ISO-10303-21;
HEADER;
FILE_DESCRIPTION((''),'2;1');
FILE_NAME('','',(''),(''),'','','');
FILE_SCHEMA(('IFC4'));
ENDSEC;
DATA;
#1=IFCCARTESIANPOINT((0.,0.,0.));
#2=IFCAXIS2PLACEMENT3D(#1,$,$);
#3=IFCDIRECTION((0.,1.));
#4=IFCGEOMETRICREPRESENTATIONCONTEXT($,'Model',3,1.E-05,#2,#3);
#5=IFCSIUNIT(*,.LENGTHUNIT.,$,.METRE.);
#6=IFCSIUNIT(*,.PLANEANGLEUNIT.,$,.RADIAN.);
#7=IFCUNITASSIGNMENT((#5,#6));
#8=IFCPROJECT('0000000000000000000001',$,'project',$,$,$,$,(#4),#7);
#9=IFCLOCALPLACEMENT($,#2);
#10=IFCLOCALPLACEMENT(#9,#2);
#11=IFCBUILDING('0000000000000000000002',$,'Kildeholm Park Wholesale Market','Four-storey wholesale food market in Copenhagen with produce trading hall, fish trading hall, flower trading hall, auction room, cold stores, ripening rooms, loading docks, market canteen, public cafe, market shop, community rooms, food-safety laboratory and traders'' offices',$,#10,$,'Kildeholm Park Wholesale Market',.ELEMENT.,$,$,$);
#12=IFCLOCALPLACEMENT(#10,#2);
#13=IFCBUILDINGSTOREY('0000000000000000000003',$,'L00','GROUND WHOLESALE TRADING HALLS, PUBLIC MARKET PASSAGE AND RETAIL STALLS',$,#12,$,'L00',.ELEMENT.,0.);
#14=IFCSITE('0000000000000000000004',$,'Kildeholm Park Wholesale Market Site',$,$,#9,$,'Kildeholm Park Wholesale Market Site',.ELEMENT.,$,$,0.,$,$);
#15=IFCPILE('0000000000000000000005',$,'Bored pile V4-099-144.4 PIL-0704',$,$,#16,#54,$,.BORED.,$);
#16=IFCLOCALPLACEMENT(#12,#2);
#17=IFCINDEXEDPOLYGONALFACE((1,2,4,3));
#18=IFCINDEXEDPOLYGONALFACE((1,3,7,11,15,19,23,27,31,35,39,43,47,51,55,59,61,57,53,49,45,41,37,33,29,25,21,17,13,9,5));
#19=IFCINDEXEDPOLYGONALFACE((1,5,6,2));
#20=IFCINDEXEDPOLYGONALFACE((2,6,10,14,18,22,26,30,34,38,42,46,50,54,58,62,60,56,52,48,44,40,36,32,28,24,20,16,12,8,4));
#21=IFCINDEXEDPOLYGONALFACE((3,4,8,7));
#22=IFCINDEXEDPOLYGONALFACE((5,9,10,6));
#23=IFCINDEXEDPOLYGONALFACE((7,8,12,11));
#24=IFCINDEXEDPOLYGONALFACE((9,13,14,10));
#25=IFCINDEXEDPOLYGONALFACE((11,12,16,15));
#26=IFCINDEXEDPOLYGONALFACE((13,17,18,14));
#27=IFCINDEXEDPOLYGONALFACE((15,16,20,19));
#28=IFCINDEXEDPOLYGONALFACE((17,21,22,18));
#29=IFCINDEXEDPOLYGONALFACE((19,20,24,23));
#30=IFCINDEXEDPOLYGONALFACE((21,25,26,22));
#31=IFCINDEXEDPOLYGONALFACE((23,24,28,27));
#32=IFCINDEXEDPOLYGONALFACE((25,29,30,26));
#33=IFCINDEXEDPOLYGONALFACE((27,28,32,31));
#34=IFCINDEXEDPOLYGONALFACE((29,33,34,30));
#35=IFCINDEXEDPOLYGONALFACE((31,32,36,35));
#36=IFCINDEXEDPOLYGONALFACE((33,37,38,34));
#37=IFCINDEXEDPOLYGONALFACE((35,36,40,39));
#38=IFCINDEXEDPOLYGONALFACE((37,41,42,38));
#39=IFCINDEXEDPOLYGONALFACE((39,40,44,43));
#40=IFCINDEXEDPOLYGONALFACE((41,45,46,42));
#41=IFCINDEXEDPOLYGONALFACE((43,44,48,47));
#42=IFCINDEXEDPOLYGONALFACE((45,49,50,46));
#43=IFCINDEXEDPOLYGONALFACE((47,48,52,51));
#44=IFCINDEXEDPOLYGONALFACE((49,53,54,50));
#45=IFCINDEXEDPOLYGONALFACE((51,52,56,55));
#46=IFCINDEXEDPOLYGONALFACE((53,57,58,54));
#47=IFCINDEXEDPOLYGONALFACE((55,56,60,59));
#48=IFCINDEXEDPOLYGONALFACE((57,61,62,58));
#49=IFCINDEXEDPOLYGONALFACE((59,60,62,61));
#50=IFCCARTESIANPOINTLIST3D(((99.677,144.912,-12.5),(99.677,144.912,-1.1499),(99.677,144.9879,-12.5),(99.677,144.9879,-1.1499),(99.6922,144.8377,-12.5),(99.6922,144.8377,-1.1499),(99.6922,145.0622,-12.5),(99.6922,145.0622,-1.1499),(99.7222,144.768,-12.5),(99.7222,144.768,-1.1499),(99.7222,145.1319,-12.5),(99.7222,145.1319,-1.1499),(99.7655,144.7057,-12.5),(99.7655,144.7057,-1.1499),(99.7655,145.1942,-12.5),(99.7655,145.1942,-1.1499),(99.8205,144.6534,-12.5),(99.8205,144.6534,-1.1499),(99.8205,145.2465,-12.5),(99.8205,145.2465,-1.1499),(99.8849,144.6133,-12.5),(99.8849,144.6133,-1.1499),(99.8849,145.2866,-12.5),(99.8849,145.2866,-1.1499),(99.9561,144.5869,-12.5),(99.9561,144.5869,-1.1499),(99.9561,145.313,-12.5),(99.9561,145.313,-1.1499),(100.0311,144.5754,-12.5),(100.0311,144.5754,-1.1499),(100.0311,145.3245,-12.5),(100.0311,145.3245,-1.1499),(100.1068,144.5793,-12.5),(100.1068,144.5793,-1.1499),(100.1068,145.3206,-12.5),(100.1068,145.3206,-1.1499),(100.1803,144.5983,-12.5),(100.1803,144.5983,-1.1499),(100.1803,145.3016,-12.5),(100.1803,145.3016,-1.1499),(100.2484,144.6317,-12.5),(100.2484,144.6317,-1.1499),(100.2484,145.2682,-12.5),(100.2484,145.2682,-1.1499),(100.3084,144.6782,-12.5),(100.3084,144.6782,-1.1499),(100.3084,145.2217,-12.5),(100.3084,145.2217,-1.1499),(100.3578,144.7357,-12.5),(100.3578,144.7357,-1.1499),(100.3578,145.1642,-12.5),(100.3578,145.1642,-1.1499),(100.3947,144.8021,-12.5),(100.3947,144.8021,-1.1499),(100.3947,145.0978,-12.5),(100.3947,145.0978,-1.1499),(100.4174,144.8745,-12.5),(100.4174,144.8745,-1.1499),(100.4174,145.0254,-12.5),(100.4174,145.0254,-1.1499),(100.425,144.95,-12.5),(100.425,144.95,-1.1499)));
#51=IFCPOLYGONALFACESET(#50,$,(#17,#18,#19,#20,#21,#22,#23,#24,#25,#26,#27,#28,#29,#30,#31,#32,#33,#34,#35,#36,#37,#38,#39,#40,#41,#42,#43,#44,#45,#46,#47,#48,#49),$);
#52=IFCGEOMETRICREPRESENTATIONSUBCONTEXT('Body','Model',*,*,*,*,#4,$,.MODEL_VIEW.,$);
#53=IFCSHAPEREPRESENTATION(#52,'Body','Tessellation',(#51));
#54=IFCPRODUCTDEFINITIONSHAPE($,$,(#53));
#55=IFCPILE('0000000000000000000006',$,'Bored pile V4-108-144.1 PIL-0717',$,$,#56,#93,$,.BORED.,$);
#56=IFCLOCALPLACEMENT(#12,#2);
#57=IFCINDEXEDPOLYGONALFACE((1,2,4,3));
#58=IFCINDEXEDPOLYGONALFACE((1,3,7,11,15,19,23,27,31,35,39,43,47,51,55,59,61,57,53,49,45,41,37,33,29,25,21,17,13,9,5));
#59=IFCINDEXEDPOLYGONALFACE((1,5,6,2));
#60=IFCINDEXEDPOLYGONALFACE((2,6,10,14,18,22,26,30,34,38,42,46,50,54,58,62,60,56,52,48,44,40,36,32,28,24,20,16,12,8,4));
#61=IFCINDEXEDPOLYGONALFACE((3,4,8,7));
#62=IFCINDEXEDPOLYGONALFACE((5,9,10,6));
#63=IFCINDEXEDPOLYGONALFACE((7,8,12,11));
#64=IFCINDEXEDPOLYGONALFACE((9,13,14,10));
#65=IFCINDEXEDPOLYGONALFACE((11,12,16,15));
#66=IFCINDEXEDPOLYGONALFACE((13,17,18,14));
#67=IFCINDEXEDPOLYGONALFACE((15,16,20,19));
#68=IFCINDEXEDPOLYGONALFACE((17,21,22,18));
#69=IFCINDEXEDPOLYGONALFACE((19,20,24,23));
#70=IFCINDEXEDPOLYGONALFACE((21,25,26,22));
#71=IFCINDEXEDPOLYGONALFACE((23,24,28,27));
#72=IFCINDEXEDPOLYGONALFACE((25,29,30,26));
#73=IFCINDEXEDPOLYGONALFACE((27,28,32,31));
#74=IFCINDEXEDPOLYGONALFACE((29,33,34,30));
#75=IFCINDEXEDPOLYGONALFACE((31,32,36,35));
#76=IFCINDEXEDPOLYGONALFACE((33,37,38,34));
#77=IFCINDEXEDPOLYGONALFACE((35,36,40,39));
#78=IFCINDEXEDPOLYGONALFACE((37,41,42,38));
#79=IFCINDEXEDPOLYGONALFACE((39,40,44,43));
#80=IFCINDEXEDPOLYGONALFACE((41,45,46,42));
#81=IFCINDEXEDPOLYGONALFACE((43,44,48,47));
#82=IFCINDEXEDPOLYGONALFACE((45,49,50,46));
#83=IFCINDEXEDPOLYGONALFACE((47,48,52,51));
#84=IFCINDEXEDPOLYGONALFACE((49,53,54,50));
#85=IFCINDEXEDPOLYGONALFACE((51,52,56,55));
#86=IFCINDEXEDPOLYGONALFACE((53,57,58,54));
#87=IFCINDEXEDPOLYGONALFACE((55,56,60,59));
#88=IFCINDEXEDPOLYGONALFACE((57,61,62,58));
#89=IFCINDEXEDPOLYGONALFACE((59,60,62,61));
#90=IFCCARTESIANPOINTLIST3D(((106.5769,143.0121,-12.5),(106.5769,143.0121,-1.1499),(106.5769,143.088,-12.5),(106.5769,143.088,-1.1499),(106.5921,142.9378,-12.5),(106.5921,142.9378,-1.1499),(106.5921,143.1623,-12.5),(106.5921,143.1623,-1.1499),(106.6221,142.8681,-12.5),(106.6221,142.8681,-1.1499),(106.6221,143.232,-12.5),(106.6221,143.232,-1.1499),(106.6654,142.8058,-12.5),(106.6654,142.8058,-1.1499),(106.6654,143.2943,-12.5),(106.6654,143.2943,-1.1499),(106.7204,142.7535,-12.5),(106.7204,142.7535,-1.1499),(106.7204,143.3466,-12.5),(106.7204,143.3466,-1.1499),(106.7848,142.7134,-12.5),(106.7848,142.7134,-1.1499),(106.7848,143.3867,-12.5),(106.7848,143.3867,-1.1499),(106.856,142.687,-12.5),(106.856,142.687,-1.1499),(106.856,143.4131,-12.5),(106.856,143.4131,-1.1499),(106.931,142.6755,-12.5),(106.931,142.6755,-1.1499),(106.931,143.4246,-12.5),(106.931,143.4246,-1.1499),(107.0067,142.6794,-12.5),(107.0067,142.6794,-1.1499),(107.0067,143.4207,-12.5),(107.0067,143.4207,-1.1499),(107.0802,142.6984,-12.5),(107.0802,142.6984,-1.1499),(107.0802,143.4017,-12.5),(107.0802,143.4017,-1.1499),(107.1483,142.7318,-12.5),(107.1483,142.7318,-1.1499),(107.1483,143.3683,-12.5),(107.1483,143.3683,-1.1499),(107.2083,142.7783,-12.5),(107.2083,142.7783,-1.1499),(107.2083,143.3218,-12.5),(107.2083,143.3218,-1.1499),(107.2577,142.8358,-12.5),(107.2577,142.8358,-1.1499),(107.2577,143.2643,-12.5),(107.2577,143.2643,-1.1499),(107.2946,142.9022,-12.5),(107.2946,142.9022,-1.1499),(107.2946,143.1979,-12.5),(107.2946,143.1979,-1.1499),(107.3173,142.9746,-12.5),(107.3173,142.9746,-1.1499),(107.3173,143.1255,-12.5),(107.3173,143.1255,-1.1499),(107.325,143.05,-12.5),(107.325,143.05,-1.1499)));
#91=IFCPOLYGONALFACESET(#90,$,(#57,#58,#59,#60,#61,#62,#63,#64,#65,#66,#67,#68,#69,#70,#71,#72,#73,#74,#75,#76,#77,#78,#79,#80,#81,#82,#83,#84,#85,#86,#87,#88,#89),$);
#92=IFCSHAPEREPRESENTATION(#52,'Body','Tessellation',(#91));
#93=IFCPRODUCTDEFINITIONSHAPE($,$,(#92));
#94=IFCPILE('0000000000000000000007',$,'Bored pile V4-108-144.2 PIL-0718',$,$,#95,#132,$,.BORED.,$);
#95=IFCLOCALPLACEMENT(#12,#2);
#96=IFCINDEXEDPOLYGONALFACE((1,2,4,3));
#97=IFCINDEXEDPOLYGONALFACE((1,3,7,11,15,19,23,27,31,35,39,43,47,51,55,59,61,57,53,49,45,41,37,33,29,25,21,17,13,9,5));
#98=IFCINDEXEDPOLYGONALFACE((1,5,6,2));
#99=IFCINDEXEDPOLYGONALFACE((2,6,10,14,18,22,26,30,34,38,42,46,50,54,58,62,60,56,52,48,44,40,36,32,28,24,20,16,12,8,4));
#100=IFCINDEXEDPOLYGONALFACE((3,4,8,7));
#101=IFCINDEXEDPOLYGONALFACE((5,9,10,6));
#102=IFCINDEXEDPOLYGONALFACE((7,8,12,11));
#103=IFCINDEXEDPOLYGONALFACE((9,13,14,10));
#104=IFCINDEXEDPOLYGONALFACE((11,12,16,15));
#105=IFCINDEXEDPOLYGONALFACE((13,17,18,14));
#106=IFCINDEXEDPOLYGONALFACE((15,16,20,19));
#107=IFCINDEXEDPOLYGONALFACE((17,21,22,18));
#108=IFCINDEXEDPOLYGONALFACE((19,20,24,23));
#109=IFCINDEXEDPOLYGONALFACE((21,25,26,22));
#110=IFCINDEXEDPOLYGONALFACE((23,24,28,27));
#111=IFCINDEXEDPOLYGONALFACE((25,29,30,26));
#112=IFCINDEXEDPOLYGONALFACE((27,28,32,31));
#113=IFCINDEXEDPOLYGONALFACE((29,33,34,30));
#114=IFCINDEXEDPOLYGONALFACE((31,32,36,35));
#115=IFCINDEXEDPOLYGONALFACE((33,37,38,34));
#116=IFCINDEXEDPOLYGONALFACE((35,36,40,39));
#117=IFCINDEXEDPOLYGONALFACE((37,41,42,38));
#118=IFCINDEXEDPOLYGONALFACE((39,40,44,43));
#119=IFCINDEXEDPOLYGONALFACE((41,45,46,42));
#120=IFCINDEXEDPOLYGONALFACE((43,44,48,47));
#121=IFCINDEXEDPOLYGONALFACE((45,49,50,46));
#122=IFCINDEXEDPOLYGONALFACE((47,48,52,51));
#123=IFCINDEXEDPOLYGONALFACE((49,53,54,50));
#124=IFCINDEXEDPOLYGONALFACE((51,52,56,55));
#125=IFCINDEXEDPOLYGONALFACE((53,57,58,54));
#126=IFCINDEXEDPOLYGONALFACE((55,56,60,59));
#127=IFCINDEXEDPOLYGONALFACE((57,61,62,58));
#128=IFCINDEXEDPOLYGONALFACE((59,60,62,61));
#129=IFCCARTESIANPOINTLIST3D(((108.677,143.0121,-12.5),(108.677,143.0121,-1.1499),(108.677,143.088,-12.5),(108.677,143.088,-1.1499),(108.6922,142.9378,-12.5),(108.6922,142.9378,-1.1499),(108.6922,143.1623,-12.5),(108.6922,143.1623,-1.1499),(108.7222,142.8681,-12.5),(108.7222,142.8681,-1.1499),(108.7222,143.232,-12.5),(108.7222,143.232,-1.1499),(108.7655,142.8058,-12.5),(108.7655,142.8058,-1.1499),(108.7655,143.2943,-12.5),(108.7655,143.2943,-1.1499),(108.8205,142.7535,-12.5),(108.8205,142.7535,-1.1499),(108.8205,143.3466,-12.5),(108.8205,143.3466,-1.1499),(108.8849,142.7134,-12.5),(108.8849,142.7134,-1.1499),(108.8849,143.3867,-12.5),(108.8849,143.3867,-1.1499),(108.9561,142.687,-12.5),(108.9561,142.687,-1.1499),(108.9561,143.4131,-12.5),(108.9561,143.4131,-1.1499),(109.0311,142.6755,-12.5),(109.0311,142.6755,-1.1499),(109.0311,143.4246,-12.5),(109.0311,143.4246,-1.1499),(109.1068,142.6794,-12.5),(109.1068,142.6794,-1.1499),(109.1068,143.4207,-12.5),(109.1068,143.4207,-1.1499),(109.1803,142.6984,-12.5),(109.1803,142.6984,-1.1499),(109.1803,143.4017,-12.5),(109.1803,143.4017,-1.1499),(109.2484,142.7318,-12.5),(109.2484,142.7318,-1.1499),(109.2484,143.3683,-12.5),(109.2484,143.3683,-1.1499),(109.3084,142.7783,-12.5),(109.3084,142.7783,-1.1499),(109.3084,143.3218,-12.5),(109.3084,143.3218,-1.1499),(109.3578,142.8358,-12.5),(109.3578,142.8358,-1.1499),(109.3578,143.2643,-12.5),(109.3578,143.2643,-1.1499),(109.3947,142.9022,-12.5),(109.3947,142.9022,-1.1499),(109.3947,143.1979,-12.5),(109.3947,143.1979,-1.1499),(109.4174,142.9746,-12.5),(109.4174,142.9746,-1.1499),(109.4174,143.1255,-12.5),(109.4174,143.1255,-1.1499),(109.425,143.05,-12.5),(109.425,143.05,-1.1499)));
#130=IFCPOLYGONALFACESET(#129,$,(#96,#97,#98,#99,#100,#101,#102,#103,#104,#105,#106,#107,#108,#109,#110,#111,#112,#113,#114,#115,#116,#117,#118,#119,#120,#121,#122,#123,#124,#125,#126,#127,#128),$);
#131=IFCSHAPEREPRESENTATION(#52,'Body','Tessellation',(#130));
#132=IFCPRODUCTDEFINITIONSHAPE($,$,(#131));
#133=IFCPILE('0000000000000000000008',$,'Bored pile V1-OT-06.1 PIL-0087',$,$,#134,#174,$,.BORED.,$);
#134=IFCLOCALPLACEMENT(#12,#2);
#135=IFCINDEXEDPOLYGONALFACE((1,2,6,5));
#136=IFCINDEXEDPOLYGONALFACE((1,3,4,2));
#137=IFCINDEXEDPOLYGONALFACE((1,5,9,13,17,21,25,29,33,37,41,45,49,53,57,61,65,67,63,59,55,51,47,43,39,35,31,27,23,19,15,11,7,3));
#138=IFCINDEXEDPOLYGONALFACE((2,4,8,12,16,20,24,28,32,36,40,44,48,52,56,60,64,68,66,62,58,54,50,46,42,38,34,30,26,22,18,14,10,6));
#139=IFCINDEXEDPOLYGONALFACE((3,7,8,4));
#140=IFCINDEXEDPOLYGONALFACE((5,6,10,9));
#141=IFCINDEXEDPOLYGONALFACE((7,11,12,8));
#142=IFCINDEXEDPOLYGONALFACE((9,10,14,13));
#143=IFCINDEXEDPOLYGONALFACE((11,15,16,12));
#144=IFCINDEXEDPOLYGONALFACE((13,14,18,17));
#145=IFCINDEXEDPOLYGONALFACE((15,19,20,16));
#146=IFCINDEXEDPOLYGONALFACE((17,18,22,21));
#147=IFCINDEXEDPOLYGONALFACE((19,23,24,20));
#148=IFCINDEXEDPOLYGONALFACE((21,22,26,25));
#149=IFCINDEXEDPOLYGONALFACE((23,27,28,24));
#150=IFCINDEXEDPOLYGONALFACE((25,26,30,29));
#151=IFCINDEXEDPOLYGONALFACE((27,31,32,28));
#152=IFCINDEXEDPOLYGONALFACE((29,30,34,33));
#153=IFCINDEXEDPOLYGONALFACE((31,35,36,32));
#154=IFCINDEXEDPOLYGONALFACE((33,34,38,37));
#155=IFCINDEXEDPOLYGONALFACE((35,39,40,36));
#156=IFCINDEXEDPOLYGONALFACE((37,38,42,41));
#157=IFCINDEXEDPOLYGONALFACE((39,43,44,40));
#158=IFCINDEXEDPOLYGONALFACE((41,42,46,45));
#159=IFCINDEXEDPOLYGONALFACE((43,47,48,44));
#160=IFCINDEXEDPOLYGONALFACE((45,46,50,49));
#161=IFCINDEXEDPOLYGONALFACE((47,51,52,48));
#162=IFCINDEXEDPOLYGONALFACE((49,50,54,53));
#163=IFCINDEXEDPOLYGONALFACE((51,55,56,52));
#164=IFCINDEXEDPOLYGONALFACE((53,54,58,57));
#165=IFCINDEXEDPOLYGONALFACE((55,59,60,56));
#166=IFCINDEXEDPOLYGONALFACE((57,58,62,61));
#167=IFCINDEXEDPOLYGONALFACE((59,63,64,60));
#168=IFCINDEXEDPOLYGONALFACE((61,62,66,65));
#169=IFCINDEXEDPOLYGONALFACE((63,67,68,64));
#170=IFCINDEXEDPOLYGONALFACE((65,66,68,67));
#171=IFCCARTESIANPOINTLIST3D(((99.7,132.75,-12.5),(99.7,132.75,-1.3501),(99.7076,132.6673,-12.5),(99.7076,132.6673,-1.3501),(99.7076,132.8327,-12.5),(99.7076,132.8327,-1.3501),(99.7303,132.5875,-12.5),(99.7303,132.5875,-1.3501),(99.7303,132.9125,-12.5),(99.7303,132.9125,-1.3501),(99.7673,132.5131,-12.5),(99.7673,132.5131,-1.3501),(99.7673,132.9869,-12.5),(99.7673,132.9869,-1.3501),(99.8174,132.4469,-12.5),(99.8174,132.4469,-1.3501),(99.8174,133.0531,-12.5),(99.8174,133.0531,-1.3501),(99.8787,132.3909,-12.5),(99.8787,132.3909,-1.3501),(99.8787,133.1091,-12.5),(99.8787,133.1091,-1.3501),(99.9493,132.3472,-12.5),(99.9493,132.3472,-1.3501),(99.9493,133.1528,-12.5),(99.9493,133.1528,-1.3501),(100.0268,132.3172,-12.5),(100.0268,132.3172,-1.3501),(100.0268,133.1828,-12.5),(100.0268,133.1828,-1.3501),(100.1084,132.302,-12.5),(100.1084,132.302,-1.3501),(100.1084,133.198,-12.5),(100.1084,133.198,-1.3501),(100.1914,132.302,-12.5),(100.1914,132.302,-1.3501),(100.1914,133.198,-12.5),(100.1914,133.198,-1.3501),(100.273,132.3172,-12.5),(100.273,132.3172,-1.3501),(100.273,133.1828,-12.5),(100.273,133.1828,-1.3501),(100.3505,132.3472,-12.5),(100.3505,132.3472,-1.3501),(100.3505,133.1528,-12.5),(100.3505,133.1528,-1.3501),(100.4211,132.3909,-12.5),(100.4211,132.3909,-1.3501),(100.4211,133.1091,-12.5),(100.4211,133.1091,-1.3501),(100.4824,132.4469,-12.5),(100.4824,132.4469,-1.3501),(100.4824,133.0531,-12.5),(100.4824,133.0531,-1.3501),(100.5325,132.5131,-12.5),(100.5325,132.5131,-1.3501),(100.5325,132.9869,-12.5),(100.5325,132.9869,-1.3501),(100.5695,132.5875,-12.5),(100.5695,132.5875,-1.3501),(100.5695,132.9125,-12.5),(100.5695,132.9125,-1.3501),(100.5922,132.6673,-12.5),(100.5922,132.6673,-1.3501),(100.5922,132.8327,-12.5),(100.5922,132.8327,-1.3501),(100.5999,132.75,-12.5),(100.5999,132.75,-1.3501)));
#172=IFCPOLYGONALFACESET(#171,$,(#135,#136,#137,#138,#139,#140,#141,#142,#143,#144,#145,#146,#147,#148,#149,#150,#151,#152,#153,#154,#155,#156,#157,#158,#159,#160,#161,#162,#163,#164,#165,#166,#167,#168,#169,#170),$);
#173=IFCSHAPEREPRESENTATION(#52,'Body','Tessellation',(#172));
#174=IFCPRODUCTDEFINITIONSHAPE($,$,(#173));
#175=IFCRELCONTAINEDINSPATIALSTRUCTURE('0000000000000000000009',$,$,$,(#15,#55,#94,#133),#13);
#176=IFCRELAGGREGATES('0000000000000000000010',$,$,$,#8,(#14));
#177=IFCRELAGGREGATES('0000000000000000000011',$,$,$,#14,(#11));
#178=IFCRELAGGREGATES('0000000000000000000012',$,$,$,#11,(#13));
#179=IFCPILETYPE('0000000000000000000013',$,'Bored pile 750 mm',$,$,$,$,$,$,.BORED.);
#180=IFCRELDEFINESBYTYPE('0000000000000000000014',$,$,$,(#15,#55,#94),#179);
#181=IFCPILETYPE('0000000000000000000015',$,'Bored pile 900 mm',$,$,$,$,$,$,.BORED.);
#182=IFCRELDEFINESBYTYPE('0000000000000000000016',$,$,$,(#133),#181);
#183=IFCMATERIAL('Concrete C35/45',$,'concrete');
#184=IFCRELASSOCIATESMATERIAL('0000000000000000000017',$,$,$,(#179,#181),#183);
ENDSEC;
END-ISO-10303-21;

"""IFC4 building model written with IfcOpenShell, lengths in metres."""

from ifc_helpers import new_model, si_unit, direction, frame, origin, origin_2d, place, context, subcontext, project, spatial, circle, extrude, material, material_profile, profile_set, type_object, element, save


model = new_model("IFC4")

# Units and contexts
model_context = context("Model", 3, precision=1e-05, world=origin(), true_north=direction((0.0, 1.0)))
body_context = subcontext(model_context, "Body", "Model", "MODEL_VIEW")
ifc_project = project(units=[si_unit("LENGTHUNIT", "METRE"), si_unit("PLANEANGLEUNIT", "RADIAN")], contexts=[model_context])

# Site, building, storey
site_placement = place(None, origin())
site = spatial("IfcSite", under=ifc_project, at=site_placement, Name="Kildeholm Park Wholesale Market Site", LongName="Kildeholm Park Wholesale Market Site", CompositionType="ELEMENT", RefElevation=0.0)
building_placement = place(site_placement, origin())
building = spatial("IfcBuilding", under=site, at=building_placement, Name="Kildeholm Park Wholesale Market", Description="Four-storey wholesale food market in Copenhagen with produce trading hall, fish trading hall, flower trading hall, auction room, cold stores, ripening rooms, loading docks, market canteen, public cafe, market shop, community rooms, food-safety laboratory and traders' offices", LongName="Kildeholm Park Wholesale Market", CompositionType="ELEMENT")
storey_placement = place(building_placement, origin())
storey = spatial("IfcBuildingStorey", under=building, at=storey_placement, Name="L00", Description="GROUND WHOLESALE TRADING HALLS, PUBLIC MARKET PASSAGE AND RETAIL STALLS", LongName="L00", CompositionType="ELEMENT", Elevation=0.0)

# Piles
ifc_material_1 = material(Name="Concrete C35/45", Category="concrete")
ifc_material_profile_1 = material_profile(ifc_material_1, circle(Radius=0.375, at=origin_2d()), Name="PILE D750")
ifc_profile_set_1 = profile_set([ifc_material_profile_1], Name="Concrete C35/45")
pile_type_1 = type_object("IfcPileType", Name="Bored pile 750 mm", PredefinedType="BORED", material=ifc_profile_set_1)
for number, where, z_axis, x_axis, name in (
    (1, (100.05, 144.95, -1.1499), (0.0, 0.0, -1.0), (1.0, 0.0, 0.0), "Bored pile V4-099-144.4 PIL-0704"),
    (2, (106.95, 143.05, -1.1499), (0.0, 0.0, -1.0), (1.0, 0.0, 0.0), "Bored pile V4-108-144.1 PIL-0717"),
    (3, (109.05, 143.05, -1.1499), (0.0, 0.0, -1.0), (1.0, 0.0, 0.0), "Bored pile V4-108-144.2 PIL-0718"),
):
    element("IfcPile", number, at=place(storey_placement, frame(where, z_axis=z_axis, x_axis=x_axis)), inside=storey, type_object=pile_type_1, Name=name, PredefinedType="BORED", context=body_context, shape_type="SweptSolid", body=[
        extrude(circle(Radius=0.375, at=origin_2d()), origin(), (0.0, 0.0, 1.0), 11.3501),
    ])
ifc_material_profile_2 = material_profile(ifc_material_1, circle(Radius=0.45, at=origin_2d()), Name="PILE D900")
ifc_profile_set_2 = profile_set([ifc_material_profile_2], Name="Concrete C35/45")
pile_type_2 = type_object("IfcPileType", Name="Bored pile 900 mm", PredefinedType="BORED", material=ifc_profile_set_2)
for number, where, z_axis, x_axis, name in (
    (4, (100.1499, 132.75, -1.3501), (0.0, 0.0, -1.0), (1.0, 0.0, 0.0), "Bored pile V1-OT-06.1 PIL-0087"),
):
    element("IfcPile", number, at=place(storey_placement, frame(where, z_axis=z_axis, x_axis=x_axis)), inside=storey, type_object=pile_type_2, Name=name, PredefinedType="BORED", context=body_context, shape_type="SweptSolid", body=[
        extrude(circle(Radius=0.45, at=origin_2d()), origin(), (0.0, 0.0, 1.0), 11.1499),
    ])

save(model, "model.ifc")
